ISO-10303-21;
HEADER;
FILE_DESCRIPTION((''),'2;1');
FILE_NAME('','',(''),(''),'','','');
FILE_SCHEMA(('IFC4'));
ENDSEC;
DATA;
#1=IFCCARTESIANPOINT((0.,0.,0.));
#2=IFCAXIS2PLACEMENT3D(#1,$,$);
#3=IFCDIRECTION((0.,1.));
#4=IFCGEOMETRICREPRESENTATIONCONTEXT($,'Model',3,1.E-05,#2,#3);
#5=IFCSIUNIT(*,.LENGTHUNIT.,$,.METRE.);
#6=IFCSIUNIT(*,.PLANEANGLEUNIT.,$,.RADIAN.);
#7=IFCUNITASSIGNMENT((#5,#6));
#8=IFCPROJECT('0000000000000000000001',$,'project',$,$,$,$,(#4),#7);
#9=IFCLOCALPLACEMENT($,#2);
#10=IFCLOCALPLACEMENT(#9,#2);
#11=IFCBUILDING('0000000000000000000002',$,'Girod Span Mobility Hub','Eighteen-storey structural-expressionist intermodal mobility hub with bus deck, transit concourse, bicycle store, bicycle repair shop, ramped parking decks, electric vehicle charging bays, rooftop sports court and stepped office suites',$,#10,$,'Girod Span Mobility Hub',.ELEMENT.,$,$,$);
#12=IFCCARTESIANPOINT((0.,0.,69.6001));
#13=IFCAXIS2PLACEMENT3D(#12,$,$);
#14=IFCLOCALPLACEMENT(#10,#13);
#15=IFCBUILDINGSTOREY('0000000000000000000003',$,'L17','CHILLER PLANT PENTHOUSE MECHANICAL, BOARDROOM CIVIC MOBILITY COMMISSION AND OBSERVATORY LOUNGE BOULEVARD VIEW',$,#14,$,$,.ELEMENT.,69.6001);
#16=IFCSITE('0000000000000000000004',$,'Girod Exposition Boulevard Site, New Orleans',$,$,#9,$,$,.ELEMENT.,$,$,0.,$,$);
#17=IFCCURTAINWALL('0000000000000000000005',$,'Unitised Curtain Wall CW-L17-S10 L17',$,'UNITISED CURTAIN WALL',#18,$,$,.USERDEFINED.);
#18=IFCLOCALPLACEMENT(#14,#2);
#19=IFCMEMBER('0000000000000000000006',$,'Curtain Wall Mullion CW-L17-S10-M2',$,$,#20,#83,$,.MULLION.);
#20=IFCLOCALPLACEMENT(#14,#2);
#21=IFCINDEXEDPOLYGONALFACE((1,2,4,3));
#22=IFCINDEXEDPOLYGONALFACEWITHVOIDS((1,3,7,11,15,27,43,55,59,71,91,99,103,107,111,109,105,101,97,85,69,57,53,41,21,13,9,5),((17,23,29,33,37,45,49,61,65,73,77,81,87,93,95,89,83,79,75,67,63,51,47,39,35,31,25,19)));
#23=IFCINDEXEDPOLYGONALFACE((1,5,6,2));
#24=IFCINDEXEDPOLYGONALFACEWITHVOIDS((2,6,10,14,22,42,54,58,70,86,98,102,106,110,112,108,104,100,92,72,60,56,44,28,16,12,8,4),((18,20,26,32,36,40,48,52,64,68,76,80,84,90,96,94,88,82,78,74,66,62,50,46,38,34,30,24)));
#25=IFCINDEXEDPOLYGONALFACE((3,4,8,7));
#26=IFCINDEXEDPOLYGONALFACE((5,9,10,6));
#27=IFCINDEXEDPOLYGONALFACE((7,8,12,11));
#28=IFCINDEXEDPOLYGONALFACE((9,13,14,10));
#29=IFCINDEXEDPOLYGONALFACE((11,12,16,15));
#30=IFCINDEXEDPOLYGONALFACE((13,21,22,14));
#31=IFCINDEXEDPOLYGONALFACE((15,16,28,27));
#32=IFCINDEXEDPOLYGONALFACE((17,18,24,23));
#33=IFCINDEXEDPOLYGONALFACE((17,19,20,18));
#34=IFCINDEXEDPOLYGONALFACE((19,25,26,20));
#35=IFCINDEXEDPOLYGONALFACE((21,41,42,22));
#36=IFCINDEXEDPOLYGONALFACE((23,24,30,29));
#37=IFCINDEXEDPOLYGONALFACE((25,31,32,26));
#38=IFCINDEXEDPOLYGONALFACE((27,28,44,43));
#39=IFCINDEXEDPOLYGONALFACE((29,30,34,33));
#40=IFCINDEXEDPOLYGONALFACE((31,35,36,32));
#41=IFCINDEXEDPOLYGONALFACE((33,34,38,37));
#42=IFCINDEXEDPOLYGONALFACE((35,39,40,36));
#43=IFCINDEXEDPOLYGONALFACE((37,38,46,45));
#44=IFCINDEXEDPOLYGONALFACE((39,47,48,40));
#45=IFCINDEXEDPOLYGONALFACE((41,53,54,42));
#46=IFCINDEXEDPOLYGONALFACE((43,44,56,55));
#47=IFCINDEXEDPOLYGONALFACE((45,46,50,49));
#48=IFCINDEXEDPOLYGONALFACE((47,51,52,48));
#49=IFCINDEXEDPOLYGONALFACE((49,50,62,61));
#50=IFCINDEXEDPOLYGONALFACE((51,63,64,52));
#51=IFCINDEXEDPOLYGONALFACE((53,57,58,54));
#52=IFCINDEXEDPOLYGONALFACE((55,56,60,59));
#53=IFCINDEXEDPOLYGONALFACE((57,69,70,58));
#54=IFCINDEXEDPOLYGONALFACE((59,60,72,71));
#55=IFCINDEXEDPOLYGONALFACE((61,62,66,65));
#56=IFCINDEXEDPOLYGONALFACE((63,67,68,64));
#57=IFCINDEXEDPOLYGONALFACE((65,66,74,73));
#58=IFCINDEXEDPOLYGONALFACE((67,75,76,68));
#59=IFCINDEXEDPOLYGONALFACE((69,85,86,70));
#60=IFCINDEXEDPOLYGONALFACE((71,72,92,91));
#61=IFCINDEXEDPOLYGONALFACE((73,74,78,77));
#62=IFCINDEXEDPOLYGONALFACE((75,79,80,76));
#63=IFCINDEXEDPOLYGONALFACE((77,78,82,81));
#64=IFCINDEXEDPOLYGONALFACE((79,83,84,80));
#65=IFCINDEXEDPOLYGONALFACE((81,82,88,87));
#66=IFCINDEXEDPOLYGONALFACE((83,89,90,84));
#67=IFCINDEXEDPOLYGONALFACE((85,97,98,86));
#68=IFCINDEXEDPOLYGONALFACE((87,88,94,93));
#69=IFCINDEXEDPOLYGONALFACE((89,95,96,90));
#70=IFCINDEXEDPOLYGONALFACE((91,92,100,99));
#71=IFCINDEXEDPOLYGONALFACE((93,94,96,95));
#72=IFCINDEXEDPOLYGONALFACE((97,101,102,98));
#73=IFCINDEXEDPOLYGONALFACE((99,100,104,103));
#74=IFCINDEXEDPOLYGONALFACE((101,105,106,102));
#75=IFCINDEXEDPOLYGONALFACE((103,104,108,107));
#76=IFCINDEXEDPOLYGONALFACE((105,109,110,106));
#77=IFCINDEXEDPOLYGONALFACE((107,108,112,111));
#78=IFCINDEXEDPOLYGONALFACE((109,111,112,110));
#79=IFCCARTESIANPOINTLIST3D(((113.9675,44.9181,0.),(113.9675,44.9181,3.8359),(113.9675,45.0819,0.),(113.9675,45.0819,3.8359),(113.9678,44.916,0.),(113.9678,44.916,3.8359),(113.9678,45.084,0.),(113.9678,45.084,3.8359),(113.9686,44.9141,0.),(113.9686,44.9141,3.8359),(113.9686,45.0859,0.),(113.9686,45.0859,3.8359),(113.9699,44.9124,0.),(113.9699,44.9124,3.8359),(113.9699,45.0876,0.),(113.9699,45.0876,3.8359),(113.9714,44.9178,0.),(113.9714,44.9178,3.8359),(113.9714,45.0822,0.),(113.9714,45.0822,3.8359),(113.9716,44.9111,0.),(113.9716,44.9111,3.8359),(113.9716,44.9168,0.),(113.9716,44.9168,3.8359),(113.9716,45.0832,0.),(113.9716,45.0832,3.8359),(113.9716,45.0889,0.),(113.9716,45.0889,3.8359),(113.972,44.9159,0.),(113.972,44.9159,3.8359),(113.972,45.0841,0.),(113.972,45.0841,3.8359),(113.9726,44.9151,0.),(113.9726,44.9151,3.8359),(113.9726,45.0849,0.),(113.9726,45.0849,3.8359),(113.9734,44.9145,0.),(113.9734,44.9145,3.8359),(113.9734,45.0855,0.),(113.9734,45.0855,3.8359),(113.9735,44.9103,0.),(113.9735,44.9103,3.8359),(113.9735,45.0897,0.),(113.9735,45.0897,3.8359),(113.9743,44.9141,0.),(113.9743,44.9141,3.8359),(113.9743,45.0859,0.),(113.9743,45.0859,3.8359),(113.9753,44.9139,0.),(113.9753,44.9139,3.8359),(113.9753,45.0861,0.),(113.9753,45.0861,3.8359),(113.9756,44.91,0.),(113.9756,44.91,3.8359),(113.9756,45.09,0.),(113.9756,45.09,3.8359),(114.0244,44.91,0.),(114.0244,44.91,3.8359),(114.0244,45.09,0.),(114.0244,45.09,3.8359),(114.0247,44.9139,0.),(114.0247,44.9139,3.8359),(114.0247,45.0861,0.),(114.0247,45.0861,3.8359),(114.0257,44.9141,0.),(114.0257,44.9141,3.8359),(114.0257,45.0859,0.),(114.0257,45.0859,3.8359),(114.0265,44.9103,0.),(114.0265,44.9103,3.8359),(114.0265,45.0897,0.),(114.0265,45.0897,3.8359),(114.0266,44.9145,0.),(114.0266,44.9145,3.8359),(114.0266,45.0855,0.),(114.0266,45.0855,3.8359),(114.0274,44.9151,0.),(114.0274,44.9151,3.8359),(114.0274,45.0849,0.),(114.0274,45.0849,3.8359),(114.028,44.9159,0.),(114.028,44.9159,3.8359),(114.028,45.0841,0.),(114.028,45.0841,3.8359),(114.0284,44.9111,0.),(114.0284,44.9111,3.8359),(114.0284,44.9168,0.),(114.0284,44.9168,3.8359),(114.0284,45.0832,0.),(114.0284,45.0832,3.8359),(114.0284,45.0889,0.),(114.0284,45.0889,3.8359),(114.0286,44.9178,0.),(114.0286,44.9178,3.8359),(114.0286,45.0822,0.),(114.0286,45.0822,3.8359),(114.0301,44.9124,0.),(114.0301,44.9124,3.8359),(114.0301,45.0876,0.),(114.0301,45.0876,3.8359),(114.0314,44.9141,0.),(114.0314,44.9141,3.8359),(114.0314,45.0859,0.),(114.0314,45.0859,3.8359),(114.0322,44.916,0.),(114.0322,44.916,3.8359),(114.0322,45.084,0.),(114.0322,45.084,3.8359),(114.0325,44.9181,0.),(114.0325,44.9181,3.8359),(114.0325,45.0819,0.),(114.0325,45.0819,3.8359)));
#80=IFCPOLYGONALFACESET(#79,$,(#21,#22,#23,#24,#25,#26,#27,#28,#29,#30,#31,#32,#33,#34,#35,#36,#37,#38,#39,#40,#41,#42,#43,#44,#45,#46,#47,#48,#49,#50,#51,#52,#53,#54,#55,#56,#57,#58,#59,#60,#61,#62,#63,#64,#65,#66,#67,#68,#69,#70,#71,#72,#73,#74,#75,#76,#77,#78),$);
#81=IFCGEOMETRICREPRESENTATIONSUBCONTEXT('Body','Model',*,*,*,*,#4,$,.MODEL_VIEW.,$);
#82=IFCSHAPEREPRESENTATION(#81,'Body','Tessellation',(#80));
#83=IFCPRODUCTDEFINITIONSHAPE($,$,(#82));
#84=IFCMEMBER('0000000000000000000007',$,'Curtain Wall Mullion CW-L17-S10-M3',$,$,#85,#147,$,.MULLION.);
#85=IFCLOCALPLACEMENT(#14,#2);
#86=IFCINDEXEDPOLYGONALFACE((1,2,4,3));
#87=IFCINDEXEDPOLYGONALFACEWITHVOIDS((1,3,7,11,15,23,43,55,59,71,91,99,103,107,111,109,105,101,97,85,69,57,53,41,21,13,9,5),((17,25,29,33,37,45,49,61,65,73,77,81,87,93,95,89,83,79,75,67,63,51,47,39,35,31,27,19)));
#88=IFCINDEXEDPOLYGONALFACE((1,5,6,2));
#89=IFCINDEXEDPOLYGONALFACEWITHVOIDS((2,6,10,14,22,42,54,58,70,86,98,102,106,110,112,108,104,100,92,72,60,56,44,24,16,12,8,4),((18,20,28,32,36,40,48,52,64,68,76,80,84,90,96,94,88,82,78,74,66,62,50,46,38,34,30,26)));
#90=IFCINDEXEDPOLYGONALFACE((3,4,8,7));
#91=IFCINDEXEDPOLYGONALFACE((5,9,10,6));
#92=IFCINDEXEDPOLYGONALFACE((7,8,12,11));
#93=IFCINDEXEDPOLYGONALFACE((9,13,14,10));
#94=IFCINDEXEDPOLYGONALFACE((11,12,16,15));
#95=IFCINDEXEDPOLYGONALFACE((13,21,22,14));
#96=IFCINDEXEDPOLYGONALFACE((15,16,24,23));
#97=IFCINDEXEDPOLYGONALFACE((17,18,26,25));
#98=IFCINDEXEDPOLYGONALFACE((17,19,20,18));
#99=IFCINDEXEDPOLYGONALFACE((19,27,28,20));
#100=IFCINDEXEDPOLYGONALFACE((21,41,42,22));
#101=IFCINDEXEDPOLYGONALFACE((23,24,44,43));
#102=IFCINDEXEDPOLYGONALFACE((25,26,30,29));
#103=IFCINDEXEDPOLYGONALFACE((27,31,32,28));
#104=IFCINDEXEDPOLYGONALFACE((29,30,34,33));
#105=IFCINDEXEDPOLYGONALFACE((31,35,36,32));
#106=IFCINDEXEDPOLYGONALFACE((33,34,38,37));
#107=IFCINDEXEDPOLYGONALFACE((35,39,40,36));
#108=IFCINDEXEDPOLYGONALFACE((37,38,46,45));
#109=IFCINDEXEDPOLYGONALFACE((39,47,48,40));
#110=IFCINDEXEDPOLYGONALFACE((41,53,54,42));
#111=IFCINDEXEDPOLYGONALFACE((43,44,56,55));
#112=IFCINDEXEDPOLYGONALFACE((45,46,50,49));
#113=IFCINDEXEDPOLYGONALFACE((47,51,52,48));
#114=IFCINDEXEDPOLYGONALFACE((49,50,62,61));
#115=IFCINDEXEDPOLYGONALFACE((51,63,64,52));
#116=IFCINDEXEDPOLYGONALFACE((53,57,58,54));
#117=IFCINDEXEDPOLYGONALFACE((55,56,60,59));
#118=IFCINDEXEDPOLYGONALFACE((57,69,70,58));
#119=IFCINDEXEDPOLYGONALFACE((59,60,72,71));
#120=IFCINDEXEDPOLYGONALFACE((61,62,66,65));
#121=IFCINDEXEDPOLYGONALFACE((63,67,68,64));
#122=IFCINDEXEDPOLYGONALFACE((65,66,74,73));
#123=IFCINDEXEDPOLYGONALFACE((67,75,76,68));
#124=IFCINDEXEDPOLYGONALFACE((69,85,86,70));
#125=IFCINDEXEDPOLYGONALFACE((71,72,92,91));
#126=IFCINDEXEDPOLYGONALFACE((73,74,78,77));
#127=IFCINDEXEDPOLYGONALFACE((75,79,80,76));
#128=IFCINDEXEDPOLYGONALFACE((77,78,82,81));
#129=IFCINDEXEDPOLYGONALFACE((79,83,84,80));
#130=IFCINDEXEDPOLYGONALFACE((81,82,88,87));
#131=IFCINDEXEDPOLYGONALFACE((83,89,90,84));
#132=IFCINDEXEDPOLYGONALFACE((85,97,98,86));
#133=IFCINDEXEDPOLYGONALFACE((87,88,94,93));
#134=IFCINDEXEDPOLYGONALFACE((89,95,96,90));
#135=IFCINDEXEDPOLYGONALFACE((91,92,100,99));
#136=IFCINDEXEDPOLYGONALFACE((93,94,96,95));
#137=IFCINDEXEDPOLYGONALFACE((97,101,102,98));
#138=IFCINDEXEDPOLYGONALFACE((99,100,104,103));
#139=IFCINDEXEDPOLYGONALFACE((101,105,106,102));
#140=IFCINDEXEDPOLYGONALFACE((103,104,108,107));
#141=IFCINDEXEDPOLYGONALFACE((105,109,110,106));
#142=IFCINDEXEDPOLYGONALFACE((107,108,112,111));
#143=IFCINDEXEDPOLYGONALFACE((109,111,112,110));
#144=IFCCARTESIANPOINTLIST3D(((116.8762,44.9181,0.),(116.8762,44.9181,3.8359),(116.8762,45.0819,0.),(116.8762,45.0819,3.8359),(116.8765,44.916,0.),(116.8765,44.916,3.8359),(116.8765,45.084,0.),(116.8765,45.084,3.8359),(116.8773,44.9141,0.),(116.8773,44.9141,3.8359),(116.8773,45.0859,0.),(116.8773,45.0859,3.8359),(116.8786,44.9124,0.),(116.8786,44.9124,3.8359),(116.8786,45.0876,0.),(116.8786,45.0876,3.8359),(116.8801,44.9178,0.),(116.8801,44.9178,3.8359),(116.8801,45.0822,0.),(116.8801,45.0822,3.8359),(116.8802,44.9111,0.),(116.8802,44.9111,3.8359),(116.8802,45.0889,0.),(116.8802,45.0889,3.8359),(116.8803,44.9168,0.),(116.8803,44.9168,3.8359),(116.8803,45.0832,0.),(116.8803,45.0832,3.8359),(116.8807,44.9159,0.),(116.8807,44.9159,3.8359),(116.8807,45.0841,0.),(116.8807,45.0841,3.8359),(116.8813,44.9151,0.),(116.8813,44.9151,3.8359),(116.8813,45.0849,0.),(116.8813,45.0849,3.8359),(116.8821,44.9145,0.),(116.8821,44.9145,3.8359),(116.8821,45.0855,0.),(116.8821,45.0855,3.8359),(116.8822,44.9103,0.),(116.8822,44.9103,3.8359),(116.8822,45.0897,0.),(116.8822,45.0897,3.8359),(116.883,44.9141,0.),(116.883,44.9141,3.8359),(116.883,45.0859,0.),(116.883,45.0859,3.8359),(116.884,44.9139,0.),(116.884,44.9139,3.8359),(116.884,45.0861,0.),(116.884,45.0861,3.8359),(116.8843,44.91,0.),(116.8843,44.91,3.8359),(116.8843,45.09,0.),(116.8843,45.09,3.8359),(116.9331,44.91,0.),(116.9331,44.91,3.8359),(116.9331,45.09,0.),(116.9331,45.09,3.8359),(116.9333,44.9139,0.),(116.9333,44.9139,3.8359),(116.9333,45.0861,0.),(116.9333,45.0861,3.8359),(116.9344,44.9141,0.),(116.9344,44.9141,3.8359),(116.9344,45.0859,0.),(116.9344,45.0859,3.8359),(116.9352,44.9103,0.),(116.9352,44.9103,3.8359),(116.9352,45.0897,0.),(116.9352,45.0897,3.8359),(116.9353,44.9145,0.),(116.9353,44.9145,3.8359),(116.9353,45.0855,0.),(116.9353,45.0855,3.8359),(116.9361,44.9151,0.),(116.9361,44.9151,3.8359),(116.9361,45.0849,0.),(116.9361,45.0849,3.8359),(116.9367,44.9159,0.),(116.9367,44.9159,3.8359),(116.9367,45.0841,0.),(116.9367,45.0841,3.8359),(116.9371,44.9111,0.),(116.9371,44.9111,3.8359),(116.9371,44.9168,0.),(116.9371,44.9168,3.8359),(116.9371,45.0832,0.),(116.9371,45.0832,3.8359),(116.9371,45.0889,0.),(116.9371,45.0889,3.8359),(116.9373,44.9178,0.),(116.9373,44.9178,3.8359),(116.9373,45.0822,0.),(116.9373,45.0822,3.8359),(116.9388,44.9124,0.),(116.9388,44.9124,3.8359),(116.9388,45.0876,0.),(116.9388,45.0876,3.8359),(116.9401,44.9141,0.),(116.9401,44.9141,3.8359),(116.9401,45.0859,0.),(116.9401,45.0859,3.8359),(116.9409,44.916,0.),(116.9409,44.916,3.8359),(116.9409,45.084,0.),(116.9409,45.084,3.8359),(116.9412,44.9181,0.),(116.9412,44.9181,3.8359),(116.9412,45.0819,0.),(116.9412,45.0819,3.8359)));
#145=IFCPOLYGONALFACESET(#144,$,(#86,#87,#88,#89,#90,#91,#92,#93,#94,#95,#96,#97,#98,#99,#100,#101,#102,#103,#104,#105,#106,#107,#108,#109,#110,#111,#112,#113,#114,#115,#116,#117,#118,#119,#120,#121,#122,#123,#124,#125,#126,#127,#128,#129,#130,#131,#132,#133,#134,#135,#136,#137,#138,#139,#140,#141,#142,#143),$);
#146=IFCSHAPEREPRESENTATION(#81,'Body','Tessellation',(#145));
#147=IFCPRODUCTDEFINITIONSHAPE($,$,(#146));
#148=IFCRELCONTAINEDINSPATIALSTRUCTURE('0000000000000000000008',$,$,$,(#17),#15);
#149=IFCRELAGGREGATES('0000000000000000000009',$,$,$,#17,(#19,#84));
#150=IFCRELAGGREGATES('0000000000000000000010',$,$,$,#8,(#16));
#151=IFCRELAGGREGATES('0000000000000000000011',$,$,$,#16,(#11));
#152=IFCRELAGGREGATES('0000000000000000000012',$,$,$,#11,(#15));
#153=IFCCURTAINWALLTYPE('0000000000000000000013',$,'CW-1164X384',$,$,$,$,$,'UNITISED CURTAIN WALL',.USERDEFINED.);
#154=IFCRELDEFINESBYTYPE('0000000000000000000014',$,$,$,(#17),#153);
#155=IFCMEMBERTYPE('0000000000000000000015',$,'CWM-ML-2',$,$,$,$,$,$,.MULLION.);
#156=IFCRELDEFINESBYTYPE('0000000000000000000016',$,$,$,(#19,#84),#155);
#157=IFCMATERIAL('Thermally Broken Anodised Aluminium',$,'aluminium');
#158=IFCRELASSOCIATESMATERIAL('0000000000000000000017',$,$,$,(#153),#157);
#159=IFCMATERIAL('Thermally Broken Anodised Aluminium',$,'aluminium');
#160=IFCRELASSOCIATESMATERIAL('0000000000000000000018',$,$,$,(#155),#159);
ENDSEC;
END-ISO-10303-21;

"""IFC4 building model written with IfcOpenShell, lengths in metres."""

from ifc_helpers import new_model, si_unit, direction, frame, origin, origin_2d, place, context, subcontext, project, spatial, hollow_rectangle, extrude, material, material_profile, profile_set, type_object, element, aggregate, save


model = new_model("IFC4")

# Units and contexts
model_context = context("Model", 3, precision=1e-05, world=origin(), true_north=direction((0.0, 1.0)))
body_context = subcontext(model_context, "Body", "Model", "MODEL_VIEW")
ifc_project = project(units=[si_unit("LENGTHUNIT", "METRE"), si_unit("PLANEANGLEUNIT", "RADIAN")], contexts=[model_context])

# Site, building, storey
site_placement = place(None, origin())
site = spatial("IfcSite", under=ifc_project, at=site_placement, Name="Girod Exposition Boulevard Site, New Orleans", CompositionType="ELEMENT", RefElevation=0.0)
building_placement = place(site_placement, origin())
building = spatial("IfcBuilding", under=site, at=building_placement, Name="Girod Span Mobility Hub", Description="Eighteen-storey structural-expressionist intermodal mobility hub with bus deck, transit concourse, bicycle store, bicycle repair shop, ramped parking decks, electric vehicle charging bays, rooftop sports court and stepped office suites", LongName="Girod Span Mobility Hub", CompositionType="ELEMENT")
storey_placement = place(building_placement, frame((0.0, 0.0, 69.6001)))
storey = spatial("IfcBuildingStorey", under=building, at=storey_placement, Name="L17", Description="CHILLER PLANT PENTHOUSE MECHANICAL, BOARDROOM CIVIC MOBILITY COMMISSION AND OBSERVATORY LOUNGE BOULEVARD VIEW", CompositionType="ELEMENT", Elevation=69.6001)

# Curtain wall, members
ifc_material_1 = material(Name="Thermally Broken Anodised Aluminium", Category="aluminium")
curtain_wall_type = type_object("IfcCurtainWallType", Name="CW-1164X384", ElementType="UNITISED CURTAIN WALL", PredefinedType="USERDEFINED", material=ifc_material_1)
ifc_material_2 = material(Name="Thermally Broken Anodised Aluminium", Category="aluminium")
ifc_material_profile_1 = material_profile(ifc_material_2, hollow_rectangle(XDim=0.1799, YDim=0.0649, WallThickness=0.0039, InnerFilletRadius=0.0039, OuterFilletRadius=0.0081, at=origin_2d()), Name="CW-ML-65X180")
ifc_profile_set_1 = profile_set([ifc_material_profile_1], Name="Thermally Broken Anodised Aluminium")
member_type_1 = type_object("IfcMemberType", Name="CWM-ML-2", PredefinedType="MULLION", material=ifc_profile_set_1)
curtain_wall_1_placement = place(storey_placement, origin())
curtain_wall_1 = element("IfcCurtainWall", 1, at=curtain_wall_1_placement, inside=storey, type_object=curtain_wall_type, Name="Unitised Curtain Wall CW-L17-S10 L17", ObjectType="UNITISED CURTAIN WALL", PredefinedType="USERDEFINED")
member_1_placement = place(storey_placement, frame((114.0, 45.0, 0.0), z_axis=(0.0, 0.0, 1.0), x_axis=(0.0, 1.0, 0.0)))
member_1 = element("IfcMember", 2, at=member_1_placement, type_object=member_type_1, Name="Curtain Wall Mullion CW-L17-S10-M2", PredefinedType="MULLION", context=body_context, shape_type="SweptSolid", body=[
    extrude(hollow_rectangle(XDim=0.1799, YDim=0.0649, WallThickness=0.0039, InnerFilletRadius=0.0039, OuterFilletRadius=0.0081, at=origin_2d()), origin(), (0.0, 0.0, 1.0), 3.8359),
])
member_2_placement = place(storey_placement, frame((116.9087, 45.0, 0.0), z_axis=(0.0, 0.0, 1.0), x_axis=(0.0, 1.0, 0.0)))
member_2 = element("IfcMember", 3, at=member_2_placement, type_object=member_type_1, Name="Curtain Wall Mullion CW-L17-S10-M3", PredefinedType="MULLION", context=body_context, shape_type="SweptSolid", body=[
    extrude(hollow_rectangle(XDim=0.1799, YDim=0.0649, WallThickness=0.0039, InnerFilletRadius=0.0039, OuterFilletRadius=0.0081, at=origin_2d()), origin(), (0.0, 0.0, 1.0), 3.8359),
])

aggregate(curtain_wall_1, [member_1, member_2])

save(model, "model.ifc")
